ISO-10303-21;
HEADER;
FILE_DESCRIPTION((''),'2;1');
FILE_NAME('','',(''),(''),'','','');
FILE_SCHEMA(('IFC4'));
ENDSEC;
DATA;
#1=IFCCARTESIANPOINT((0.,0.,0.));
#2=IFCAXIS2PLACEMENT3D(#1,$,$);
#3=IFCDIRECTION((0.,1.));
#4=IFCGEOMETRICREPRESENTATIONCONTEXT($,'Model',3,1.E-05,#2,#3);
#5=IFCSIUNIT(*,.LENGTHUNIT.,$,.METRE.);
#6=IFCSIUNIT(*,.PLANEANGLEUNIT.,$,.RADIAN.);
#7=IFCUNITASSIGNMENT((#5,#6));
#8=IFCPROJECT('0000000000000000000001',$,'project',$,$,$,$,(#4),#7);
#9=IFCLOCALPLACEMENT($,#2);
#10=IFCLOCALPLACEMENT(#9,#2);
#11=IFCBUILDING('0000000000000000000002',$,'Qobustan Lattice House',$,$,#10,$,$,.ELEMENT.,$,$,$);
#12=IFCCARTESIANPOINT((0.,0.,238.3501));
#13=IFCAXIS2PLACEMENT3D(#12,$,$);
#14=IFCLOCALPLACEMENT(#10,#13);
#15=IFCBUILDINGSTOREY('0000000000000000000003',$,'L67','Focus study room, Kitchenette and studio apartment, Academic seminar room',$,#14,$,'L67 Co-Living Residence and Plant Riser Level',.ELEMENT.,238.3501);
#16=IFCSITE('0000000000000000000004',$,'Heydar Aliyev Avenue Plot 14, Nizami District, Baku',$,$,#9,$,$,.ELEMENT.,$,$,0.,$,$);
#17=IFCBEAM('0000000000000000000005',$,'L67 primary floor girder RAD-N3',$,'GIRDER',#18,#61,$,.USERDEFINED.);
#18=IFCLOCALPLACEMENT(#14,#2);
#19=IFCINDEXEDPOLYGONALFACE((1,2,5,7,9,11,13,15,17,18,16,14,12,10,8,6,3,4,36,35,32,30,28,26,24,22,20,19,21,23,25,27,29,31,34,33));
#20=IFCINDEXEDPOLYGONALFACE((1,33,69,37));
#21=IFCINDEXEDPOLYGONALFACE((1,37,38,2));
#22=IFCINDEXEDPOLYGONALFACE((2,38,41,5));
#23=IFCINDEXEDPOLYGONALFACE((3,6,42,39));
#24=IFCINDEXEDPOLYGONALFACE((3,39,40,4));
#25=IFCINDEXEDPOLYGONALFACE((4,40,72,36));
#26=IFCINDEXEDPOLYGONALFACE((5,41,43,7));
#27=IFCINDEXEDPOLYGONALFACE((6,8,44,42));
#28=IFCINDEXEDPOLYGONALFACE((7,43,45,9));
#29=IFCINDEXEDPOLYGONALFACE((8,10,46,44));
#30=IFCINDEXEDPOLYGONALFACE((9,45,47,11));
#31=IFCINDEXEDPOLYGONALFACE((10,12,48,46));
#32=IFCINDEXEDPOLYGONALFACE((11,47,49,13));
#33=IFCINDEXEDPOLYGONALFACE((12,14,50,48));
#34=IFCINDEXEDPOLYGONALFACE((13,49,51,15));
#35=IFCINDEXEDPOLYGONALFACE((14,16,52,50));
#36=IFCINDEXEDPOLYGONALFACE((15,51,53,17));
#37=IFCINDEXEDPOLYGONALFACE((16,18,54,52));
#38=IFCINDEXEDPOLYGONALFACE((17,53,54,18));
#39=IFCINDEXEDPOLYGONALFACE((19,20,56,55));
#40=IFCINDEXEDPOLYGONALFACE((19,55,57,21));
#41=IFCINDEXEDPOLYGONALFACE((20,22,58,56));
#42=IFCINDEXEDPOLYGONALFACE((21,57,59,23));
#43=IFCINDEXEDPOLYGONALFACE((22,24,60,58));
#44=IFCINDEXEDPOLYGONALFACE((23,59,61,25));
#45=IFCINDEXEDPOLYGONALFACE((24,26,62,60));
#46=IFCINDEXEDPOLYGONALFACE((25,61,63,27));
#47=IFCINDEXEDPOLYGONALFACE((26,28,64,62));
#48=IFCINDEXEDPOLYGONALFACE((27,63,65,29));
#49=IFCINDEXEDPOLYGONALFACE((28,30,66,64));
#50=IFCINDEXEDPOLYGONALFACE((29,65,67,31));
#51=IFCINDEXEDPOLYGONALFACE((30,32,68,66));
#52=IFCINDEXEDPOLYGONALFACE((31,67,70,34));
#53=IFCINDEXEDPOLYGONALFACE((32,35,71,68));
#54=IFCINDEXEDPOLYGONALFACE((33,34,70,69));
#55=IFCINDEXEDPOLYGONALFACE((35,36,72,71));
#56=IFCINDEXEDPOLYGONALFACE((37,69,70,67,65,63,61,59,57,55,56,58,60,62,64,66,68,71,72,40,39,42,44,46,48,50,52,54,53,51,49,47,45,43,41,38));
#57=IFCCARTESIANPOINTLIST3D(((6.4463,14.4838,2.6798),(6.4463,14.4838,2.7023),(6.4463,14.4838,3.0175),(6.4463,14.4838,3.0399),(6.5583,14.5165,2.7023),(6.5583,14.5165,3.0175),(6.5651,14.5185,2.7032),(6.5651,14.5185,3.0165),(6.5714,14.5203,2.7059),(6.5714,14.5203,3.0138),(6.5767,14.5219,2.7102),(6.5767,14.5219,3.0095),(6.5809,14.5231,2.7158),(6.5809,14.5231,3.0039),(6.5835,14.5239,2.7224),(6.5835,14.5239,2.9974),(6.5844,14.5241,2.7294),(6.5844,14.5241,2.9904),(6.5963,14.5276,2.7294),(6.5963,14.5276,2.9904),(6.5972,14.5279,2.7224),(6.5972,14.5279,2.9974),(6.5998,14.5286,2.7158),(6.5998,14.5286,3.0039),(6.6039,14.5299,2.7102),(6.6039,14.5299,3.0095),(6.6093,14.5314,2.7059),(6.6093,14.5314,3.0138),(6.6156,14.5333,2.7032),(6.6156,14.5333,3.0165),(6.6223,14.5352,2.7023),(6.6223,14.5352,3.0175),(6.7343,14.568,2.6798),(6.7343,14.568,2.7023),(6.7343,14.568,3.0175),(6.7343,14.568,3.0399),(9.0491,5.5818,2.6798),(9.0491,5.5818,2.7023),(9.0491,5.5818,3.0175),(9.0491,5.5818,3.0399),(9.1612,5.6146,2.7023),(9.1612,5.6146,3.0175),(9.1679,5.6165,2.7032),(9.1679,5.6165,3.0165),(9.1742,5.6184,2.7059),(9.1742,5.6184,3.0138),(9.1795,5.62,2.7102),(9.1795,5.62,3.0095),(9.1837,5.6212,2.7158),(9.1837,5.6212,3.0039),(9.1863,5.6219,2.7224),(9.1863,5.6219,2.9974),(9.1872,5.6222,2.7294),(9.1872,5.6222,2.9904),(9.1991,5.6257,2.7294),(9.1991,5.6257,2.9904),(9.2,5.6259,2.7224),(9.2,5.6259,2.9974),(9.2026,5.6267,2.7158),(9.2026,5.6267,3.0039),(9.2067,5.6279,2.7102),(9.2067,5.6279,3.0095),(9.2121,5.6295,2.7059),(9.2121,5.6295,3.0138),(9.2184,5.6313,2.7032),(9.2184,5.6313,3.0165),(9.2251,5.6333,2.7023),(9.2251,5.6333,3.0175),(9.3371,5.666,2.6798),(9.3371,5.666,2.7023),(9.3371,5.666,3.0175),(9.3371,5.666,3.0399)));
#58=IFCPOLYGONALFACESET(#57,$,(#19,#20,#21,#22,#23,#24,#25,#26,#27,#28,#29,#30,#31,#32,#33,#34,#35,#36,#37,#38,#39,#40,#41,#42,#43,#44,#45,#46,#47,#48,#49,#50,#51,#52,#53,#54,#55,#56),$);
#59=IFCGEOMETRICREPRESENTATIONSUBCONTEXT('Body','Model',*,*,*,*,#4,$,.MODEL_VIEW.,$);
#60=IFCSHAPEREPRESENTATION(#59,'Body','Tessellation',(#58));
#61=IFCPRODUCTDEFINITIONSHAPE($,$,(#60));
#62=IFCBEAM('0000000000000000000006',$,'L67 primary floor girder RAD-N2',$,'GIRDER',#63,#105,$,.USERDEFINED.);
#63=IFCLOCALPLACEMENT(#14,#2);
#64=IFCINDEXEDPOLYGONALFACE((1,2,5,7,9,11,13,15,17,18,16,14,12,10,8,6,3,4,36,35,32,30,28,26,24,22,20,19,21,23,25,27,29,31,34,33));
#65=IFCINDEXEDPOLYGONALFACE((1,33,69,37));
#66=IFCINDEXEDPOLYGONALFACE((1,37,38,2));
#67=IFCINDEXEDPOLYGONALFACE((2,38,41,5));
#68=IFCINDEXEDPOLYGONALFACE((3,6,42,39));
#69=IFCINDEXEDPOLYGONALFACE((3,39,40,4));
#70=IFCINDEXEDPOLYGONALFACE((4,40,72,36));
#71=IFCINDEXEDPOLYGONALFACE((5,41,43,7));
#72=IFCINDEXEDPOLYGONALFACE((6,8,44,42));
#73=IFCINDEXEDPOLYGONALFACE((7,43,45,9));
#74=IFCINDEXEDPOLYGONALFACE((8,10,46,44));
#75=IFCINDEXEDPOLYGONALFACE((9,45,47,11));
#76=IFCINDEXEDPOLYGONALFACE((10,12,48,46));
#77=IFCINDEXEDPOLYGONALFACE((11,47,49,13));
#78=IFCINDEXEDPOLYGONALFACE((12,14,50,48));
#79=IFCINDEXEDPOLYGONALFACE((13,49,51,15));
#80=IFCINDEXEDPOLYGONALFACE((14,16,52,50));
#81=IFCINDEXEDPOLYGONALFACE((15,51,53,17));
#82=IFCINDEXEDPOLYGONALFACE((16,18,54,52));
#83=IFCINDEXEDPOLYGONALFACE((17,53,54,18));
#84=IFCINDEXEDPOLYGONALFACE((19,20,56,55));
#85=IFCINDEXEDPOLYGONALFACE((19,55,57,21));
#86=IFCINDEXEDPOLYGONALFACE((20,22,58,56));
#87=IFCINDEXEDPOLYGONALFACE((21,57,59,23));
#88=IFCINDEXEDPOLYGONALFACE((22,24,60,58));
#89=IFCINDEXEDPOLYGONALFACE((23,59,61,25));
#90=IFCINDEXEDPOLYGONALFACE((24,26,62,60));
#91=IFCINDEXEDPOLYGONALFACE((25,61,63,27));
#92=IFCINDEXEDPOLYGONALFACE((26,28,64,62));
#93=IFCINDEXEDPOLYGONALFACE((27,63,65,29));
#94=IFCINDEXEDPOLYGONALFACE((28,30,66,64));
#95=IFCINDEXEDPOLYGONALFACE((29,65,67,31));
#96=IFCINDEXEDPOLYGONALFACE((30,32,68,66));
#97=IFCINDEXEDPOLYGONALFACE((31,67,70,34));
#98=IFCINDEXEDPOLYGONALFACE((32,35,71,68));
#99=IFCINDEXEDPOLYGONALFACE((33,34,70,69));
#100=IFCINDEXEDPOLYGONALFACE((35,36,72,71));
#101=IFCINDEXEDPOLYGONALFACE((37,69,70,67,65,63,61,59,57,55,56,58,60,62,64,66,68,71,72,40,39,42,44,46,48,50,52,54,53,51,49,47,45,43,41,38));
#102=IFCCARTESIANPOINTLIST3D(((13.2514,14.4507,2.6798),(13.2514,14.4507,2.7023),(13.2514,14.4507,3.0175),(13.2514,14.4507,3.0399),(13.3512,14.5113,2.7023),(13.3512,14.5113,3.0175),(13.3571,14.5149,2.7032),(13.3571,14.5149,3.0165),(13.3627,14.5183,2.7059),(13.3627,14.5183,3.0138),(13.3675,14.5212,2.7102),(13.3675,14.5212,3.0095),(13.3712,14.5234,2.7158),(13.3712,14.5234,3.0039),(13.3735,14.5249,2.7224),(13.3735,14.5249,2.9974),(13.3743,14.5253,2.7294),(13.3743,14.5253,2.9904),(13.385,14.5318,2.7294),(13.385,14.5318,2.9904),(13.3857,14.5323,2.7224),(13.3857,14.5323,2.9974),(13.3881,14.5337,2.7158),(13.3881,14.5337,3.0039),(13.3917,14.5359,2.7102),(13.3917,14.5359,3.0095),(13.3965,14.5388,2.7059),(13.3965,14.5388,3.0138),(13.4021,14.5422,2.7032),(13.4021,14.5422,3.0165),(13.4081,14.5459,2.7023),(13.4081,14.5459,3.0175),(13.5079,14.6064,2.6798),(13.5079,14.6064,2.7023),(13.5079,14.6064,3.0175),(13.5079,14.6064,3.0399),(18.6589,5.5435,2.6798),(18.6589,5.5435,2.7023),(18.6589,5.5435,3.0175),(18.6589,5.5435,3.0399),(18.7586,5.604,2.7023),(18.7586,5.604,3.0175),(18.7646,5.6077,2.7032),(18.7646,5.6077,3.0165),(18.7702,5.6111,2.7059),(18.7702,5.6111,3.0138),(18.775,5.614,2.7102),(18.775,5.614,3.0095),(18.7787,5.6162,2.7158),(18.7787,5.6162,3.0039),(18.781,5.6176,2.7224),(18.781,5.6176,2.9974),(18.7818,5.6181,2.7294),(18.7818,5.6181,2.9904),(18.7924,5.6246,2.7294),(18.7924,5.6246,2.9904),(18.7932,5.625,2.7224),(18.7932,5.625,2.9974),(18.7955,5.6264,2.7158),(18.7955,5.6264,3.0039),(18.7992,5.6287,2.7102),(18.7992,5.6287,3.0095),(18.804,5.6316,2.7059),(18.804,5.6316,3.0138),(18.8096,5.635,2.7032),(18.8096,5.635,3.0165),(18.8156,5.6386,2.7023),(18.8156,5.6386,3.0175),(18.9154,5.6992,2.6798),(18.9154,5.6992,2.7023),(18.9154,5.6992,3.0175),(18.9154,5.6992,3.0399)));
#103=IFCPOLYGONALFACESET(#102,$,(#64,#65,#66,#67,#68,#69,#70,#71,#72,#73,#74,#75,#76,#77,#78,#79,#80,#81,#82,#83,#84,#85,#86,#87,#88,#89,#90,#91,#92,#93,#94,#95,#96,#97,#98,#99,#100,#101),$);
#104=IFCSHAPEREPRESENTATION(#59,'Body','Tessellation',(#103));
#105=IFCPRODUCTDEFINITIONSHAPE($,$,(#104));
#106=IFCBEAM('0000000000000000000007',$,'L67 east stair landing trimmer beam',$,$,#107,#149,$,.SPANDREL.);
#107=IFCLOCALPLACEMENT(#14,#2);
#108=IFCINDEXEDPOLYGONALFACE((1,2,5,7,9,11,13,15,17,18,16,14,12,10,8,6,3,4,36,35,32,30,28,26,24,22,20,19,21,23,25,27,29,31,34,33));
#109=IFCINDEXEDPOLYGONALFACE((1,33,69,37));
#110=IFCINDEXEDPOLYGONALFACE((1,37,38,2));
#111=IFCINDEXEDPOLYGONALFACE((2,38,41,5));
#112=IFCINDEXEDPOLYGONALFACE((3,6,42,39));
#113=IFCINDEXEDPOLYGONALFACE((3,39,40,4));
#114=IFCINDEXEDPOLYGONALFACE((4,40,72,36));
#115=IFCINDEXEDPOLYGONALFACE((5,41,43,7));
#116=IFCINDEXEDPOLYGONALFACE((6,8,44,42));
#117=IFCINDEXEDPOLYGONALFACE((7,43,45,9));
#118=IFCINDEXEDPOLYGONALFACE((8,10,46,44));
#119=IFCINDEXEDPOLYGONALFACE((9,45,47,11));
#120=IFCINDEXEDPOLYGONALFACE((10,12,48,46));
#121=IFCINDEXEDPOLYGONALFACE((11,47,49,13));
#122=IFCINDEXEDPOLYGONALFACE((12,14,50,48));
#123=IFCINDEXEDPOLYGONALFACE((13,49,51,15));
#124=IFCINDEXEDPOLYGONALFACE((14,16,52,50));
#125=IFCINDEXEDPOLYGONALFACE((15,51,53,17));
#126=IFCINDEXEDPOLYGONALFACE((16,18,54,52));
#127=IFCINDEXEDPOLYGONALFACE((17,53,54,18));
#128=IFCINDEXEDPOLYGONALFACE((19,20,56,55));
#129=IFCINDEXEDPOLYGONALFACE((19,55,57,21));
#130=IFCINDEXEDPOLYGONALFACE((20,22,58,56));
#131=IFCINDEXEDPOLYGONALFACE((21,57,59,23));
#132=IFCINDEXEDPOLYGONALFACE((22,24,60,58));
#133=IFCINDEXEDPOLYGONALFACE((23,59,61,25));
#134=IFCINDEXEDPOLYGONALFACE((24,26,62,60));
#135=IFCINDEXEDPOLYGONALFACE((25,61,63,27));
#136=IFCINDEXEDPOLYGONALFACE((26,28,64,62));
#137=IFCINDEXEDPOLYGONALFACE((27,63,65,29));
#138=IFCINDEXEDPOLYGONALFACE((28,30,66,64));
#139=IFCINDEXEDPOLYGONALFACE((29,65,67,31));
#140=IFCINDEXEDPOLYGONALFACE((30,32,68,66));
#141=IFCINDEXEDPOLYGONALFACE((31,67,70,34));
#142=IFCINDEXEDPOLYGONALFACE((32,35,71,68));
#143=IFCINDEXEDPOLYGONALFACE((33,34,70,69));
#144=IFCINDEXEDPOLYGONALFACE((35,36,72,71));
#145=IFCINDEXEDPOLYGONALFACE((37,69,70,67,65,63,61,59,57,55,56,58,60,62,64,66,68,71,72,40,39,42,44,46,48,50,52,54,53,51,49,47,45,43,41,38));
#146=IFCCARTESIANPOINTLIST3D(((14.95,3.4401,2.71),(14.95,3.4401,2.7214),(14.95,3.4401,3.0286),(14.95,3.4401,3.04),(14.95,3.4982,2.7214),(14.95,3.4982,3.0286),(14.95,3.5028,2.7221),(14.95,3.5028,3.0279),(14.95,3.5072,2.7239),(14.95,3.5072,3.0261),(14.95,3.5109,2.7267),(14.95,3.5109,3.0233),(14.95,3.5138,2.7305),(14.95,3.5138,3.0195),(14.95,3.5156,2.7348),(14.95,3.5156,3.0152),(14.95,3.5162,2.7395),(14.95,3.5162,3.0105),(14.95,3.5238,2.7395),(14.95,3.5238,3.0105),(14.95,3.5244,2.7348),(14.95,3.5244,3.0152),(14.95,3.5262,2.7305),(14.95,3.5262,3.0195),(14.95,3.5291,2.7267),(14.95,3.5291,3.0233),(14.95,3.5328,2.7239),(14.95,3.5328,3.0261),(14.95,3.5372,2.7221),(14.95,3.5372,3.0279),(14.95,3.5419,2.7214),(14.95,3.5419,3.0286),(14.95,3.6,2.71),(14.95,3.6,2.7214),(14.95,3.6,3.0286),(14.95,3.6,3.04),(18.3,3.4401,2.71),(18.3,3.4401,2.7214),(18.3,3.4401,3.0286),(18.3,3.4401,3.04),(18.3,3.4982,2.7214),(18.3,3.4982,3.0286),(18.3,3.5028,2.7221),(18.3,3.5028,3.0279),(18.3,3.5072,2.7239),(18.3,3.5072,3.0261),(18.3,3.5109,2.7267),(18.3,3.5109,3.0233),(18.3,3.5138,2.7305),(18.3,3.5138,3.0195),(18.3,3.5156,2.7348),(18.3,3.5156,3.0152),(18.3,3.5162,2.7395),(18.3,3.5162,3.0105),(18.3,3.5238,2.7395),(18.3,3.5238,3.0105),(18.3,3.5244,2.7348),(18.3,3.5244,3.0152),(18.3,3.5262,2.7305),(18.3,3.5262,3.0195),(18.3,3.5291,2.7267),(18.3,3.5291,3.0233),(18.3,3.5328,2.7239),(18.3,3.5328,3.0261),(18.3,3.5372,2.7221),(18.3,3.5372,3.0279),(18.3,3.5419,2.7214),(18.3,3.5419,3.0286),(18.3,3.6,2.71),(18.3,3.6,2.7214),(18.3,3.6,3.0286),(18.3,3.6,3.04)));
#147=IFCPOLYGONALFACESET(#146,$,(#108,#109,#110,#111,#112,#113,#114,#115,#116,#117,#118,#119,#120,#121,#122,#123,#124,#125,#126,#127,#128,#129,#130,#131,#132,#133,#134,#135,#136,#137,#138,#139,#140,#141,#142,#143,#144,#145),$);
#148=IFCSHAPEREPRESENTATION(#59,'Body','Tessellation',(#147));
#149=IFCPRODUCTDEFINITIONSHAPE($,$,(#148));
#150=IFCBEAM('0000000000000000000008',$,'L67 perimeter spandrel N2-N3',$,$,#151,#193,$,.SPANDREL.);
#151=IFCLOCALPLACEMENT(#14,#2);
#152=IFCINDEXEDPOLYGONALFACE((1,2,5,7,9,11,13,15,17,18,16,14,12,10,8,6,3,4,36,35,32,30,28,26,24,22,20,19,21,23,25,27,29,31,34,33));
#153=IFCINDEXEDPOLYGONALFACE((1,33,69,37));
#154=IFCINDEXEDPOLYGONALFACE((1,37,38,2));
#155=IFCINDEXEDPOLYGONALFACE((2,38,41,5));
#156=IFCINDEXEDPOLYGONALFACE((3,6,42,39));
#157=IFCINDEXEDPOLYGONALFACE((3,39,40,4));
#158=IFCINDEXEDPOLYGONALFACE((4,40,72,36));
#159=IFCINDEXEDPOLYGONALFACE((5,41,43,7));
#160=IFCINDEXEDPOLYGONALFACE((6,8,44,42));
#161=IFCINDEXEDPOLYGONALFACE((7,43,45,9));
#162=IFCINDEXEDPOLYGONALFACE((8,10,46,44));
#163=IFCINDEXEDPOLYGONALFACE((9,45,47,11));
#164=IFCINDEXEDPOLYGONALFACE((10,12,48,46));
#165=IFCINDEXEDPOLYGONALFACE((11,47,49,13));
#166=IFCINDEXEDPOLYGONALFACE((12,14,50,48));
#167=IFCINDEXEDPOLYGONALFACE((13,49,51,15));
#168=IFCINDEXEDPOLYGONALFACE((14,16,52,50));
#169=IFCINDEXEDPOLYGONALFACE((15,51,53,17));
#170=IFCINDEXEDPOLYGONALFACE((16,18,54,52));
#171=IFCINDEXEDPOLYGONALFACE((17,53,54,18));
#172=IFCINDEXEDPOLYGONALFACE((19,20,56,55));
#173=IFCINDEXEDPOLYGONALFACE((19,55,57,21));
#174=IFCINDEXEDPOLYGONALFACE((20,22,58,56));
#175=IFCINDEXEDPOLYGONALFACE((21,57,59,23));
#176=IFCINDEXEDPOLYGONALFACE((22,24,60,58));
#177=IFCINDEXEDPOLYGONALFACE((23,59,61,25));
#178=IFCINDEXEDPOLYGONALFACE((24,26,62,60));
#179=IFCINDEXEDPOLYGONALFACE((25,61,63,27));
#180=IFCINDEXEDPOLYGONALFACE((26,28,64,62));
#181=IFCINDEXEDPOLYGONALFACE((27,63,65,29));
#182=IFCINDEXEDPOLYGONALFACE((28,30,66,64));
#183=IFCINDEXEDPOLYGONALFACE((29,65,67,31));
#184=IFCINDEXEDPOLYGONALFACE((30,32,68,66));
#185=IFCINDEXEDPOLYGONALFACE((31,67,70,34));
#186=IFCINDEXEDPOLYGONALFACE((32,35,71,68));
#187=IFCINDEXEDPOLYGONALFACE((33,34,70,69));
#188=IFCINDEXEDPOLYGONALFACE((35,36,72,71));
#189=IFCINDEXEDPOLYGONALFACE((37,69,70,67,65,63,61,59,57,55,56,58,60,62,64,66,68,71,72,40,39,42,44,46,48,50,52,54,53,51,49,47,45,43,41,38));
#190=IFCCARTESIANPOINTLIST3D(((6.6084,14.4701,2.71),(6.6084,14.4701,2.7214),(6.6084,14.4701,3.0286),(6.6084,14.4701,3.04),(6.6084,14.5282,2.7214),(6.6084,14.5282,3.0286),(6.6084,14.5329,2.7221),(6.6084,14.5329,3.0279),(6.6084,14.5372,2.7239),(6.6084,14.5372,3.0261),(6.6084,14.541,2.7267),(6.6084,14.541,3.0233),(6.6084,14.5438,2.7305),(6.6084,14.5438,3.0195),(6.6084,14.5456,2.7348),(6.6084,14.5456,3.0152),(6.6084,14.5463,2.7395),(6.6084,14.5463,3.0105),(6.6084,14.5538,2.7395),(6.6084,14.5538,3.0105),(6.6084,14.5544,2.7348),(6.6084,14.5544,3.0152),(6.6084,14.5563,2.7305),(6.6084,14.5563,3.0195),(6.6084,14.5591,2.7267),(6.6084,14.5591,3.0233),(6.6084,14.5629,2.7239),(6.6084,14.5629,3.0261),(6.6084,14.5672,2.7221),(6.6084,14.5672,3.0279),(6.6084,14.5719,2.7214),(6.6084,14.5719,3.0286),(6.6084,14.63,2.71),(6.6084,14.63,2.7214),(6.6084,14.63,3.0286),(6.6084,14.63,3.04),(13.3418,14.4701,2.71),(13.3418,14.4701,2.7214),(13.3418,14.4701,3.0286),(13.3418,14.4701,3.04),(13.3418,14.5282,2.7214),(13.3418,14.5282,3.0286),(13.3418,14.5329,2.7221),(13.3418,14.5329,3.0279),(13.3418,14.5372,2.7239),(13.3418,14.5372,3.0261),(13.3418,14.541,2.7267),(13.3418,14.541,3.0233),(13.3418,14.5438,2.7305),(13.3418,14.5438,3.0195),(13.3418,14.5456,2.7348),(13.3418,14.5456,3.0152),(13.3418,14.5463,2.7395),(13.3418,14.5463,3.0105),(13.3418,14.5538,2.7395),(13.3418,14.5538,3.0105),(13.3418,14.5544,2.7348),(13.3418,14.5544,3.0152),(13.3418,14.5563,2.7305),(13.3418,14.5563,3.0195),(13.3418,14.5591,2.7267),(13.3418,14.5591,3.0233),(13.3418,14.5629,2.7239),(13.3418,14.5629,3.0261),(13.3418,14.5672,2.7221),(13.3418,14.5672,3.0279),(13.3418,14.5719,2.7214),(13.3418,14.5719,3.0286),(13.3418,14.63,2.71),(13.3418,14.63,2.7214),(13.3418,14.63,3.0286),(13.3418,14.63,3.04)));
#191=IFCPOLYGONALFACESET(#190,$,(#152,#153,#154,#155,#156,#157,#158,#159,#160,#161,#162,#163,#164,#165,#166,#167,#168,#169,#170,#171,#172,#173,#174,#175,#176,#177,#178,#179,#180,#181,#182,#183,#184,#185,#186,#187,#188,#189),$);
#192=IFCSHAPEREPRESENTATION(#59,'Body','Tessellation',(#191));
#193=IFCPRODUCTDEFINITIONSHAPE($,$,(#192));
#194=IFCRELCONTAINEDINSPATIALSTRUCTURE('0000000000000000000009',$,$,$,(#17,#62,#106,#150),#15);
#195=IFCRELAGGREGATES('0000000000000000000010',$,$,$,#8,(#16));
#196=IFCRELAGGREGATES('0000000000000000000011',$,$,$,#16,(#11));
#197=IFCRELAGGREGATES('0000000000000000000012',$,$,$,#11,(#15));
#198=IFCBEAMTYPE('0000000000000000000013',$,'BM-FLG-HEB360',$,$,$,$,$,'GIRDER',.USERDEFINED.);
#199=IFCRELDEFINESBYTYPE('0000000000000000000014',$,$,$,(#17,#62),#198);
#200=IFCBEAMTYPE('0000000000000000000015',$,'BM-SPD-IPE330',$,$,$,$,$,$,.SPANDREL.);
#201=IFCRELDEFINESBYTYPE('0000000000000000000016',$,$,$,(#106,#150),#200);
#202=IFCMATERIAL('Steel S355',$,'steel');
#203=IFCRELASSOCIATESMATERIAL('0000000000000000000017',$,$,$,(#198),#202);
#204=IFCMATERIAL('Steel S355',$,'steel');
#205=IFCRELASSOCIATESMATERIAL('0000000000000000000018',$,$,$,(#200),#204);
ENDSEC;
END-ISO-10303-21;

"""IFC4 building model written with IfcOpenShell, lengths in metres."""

from ifc_helpers import new_model, si_unit, direction, frame, origin, origin_2d, place, context, subcontext, project, spatial, i_section, extrude, material, material_profile, profile_set, type_object, element, save


model = new_model("IFC4")

# Units and contexts
model_context = context("Model", 3, precision=1e-05, world=origin(), true_north=direction((0.0, 1.0)))
body_context = subcontext(model_context, "Body", "Model", "MODEL_VIEW")
ifc_project = project(units=[si_unit("LENGTHUNIT", "METRE"), si_unit("PLANEANGLEUNIT", "RADIAN")], contexts=[model_context])

# Site, building, storey
site_placement = place(None, origin())
site = spatial("IfcSite", under=ifc_project, at=site_placement, Name="Heydar Aliyev Avenue Plot 14, Nizami District, Baku", CompositionType="ELEMENT", RefElevation=0.0)
building_placement = place(site_placement, origin())
building = spatial("IfcBuilding", under=site, at=building_placement, Name="Qobustan Lattice House", CompositionType="ELEMENT")
storey_placement = place(building_placement, frame((0.0, 0.0, 238.3501)))
storey = spatial("IfcBuildingStorey", under=building, at=storey_placement, Name="L67", Description="Focus study room, Kitchenette and studio apartment, Academic seminar room", LongName="L67 Co-Living Residence and Plant Riser Level", CompositionType="ELEMENT", Elevation=238.3501)

# Beams
ifc_material_1 = material(Name="Steel S355", Category="steel")
ifc_material_profile_1 = material_profile(ifc_material_1, i_section(OverallWidth=0.3, OverallDepth=0.3601, WebThickness=0.0125, FlangeThickness=0.0225, FilletRadius=0.0271, at=origin_2d()), Name="HEB360")
ifc_profile_set_1 = profile_set([ifc_material_profile_1], Name="Steel S355")
beam_type_1 = type_object("IfcBeamType", Name="BM-FLG-HEB360", ElementType="GIRDER", PredefinedType="USERDEFINED", material=ifc_profile_set_1)
beam_1_placement = place(storey_placement, frame((6.5903, 14.5259, 2.8599), z_axis=(0.280637, -0.959814, 0.0), x_axis=(0.959814, 0.280637, 0.0)))
element("IfcBeam", 1, at=beam_1_placement, inside=storey, type_object=beam_type_1, Name="L67 primary floor girder RAD-N3", ObjectType="GIRDER", PredefinedType="USERDEFINED", context=body_context, shape_type="SweptSolid", body=[
    extrude(i_section(OverallWidth=0.3, OverallDepth=0.3601, WebThickness=0.0125, FlangeThickness=0.0225, FilletRadius=0.0271, at=origin_2d()), origin(), (0.0, 0.0, 1.0), 9.2747),
])
beam_2_placement = place(storey_placement, frame((13.3796, 14.5286, 2.8599), z_axis=(0.518944, -0.854808, 0.0), x_axis=(0.854808, 0.518944, 0.0)))
element("IfcBeam", 2, at=beam_2_placement, inside=storey, type_object=beam_type_1, Name="L67 primary floor girder RAD-N2", ObjectType="GIRDER", PredefinedType="USERDEFINED", context=body_context, shape_type="SweptSolid", body=[
    extrude(i_section(OverallWidth=0.3, OverallDepth=0.3601, WebThickness=0.0125, FlangeThickness=0.0225, FilletRadius=0.0271, at=origin_2d()), origin(), (0.0, 0.0, 1.0), 10.4202),
])
ifc_material_2 = material(Name="Steel S355", Category="steel")
ifc_material_profile_2 = material_profile(ifc_material_2, i_section(OverallWidth=0.1599, OverallDepth=0.3301, WebThickness=0.0076, FlangeThickness=0.0115, FilletRadius=0.0181, at=origin_2d()), Name="IPE330")
ifc_profile_set_2 = profile_set([ifc_material_profile_2], Name="Steel S355")
beam_type_2 = type_object("IfcBeamType", Name="BM-SPD-IPE330", PredefinedType="SPANDREL", material=ifc_profile_set_2)
beam_3_placement = place(storey_placement, frame((14.95, 3.52, 2.875), z_axis=(1.0, 0.0, 0.0), x_axis=(0.0, 1.0, 0.0)))
element("IfcBeam", 3, at=beam_3_placement, inside=storey, type_object=beam_type_2, Name="L67 east stair landing trimmer beam", PredefinedType="SPANDREL", context=body_context, shape_type="SweptSolid", body=[
    extrude(i_section(OverallWidth=0.1599, OverallDepth=0.3301, WebThickness=0.0076, FlangeThickness=0.0115, FilletRadius=0.0181, at=origin_2d()), origin(), (0.0, 0.0, 1.0), 3.3501),
])
for number, where, z_axis, x_axis, name in (
    (4, (13.3418, 14.55, 2.875), (-1.0, 0.0, 0.0), (0.0, -1.0, 0.0), "L67 perimeter spandrel N2-N3"),
):
    element("IfcBeam", number, at=place(storey_placement, frame(where, z_axis=z_axis, x_axis=x_axis)), inside=storey, type_object=beam_type_2, Name=name, PredefinedType="SPANDREL", context=body_context, shape_type="SweptSolid", body=[
        extrude(i_section(OverallWidth=0.1599, OverallDepth=0.3301, WebThickness=0.0076, FlangeThickness=0.0115, FilletRadius=0.0181, at=origin_2d()), origin(), (0.0, 0.0, 1.0), 6.7334),
    ])

save(model, "model.ifc")
